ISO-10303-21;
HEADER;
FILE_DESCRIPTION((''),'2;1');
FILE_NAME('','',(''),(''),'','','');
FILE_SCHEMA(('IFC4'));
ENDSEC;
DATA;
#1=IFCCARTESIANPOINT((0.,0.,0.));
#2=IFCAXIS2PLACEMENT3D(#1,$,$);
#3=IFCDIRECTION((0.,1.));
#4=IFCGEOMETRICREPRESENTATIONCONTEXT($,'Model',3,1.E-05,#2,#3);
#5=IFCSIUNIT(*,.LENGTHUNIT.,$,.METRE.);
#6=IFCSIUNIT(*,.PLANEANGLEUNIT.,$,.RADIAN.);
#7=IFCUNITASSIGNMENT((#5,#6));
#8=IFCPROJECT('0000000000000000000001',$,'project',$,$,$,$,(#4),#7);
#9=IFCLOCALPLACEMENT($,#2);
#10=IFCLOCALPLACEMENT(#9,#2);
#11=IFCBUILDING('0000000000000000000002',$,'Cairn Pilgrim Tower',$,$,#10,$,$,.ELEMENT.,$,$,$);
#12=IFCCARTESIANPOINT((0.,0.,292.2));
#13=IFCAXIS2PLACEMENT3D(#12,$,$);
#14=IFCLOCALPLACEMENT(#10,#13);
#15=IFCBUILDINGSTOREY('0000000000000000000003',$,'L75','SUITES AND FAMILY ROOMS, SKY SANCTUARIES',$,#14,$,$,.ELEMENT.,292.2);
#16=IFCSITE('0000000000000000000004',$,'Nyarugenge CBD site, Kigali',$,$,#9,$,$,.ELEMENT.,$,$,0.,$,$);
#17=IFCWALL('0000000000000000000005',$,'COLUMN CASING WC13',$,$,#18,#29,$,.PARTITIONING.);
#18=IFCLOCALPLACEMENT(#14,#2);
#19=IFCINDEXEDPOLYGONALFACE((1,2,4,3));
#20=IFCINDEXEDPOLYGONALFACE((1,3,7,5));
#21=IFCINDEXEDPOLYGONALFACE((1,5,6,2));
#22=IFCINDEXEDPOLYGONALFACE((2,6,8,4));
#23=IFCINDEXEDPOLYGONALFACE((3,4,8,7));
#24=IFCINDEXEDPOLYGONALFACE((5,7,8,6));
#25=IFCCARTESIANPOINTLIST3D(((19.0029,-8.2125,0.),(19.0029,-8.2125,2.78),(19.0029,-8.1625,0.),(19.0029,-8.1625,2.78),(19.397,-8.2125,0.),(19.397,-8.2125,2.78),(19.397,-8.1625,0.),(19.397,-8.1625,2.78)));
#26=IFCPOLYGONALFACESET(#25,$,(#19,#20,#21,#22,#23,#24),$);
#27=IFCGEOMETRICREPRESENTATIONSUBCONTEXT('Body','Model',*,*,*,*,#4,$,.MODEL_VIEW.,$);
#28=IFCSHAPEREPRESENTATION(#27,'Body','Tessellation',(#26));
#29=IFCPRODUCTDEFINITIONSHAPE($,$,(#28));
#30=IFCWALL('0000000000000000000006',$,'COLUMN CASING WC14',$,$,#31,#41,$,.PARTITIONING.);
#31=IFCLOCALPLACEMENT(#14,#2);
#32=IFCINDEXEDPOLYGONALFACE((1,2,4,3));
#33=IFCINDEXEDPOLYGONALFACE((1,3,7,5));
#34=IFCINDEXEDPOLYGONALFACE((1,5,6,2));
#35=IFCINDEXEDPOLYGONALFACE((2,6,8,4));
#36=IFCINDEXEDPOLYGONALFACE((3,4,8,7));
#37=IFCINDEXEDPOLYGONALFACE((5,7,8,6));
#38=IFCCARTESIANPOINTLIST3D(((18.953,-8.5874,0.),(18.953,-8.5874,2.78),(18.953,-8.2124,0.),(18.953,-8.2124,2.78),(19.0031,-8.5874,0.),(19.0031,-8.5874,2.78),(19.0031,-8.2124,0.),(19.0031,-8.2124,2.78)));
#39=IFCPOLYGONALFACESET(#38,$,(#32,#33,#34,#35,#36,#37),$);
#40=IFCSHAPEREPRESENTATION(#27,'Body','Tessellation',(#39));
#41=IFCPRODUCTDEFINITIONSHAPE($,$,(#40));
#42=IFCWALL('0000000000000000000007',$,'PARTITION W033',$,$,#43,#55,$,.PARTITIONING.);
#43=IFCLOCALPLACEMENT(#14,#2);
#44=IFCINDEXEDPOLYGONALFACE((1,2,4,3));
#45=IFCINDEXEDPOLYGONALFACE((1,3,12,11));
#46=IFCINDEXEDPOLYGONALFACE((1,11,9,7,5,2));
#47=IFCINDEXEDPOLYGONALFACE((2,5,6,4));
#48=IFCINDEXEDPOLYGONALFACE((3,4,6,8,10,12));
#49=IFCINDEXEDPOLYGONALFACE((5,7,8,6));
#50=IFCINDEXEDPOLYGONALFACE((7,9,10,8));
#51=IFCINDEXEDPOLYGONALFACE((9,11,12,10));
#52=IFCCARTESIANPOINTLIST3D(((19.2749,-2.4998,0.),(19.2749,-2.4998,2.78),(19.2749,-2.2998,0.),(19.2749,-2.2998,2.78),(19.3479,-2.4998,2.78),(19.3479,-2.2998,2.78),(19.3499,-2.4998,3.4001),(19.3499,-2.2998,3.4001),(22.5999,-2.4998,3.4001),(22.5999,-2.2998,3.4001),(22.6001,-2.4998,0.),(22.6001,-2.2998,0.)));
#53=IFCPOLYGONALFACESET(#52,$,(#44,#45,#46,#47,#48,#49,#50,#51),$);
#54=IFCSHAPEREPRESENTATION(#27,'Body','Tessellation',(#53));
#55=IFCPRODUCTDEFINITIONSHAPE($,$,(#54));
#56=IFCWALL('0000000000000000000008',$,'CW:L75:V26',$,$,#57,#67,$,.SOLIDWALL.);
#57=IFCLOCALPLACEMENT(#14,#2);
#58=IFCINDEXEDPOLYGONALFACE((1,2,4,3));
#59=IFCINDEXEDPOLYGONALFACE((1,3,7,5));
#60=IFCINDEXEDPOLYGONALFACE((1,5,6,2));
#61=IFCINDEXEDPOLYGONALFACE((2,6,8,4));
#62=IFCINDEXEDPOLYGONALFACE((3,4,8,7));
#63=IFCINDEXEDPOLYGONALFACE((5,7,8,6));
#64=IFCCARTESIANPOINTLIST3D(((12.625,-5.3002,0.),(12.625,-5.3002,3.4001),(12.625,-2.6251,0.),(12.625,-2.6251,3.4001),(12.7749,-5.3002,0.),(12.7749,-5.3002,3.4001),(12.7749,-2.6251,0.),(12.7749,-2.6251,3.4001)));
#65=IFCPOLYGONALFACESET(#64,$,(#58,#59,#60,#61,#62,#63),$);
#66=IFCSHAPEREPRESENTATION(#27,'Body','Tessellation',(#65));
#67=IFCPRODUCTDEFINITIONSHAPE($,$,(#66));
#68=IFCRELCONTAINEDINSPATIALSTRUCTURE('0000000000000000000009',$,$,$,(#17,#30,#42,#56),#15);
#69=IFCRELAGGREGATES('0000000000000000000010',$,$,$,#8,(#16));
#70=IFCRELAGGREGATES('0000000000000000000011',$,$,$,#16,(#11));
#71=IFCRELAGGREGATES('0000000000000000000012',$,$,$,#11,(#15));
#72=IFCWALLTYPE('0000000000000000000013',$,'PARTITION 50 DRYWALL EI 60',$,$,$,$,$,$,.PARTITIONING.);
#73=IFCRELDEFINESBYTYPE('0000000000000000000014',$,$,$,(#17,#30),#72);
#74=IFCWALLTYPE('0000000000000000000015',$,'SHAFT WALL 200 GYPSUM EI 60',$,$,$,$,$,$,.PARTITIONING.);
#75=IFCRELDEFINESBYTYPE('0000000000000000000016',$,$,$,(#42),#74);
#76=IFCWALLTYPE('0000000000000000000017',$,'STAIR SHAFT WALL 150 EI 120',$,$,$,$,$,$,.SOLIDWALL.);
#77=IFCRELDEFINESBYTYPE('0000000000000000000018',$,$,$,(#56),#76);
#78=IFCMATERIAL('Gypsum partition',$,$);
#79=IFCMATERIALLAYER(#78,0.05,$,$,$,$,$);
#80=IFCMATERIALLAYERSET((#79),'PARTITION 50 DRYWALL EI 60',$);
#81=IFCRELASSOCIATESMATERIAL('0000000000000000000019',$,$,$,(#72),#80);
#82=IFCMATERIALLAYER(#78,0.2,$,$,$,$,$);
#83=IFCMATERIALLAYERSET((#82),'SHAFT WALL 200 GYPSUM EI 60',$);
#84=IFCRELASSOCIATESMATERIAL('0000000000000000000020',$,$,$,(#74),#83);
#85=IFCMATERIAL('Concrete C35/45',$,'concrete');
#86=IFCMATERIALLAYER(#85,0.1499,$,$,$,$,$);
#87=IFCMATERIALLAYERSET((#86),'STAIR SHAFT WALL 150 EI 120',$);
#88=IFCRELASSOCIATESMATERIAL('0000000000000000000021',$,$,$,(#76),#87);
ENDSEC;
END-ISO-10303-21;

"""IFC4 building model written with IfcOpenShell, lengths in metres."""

from ifc_helpers import new_model, si_unit, direction, frame, frame_2d, origin, place, context, subcontext, project, spatial, polyline, rectangle, outline, extrude, material, layer, layer_set, type_object, element, save


model = new_model("IFC4")

# Units and contexts
model_context = context("Model", 3, precision=1e-05, world=origin(), true_north=direction((0.0, 1.0)))
body_context = subcontext(model_context, "Body", "Model", "MODEL_VIEW")
ifc_project = project(units=[si_unit("LENGTHUNIT", "METRE"), si_unit("PLANEANGLEUNIT", "RADIAN")], contexts=[model_context])

# Site, building, storey
site_placement = place(None, origin())
site = spatial("IfcSite", under=ifc_project, at=site_placement, Name="Nyarugenge CBD site, Kigali", CompositionType="ELEMENT", RefElevation=0.0)
building_placement = place(site_placement, origin())
building = spatial("IfcBuilding", under=site, at=building_placement, Name="Cairn Pilgrim Tower", CompositionType="ELEMENT")
storey_placement = place(building_placement, frame((0.0, 0.0, 292.2)))
storey = spatial("IfcBuildingStorey", under=building, at=storey_placement, Name="L75", Description="SUITES AND FAMILY ROOMS, SKY SANCTUARIES", CompositionType="ELEMENT", Elevation=292.2)

# Shared definitions
ifc_material_1 = material(Name="Gypsum partition")

# Walls
ifc_layer_1 = layer(ifc_material_1, 0.05)
ifc_layer_set_1 = layer_set([ifc_layer_1], Name="PARTITION 50 DRYWALL EI 60")
wall_type_1 = type_object("IfcWallType", Name="PARTITION 50 DRYWALL EI 60", PredefinedType="PARTITIONING", material=ifc_layer_set_1)
wall_1_placement = place(storey_placement, frame((19.0029, -8.1875, 0.0), z_axis=(0.0, 0.0, 1.0), x_axis=(1.0, 0.0, 0.0)))
element("IfcWall", 1, at=wall_1_placement, inside=storey, type_object=wall_type_1, Name="COLUMN CASING WC13", PredefinedType="PARTITIONING", context=body_context, shape_type="SweptSolid", body=[
    extrude(rectangle(XDim=0.394, YDim=0.05, at=frame_2d((0.197, 0.0))), origin(), (0.0, 0.0, 1.0), 2.78),
])
wall_2_placement = place(storey_placement, frame((18.978, -8.5874, 0.0), z_axis=(0.0, 0.0, 1.0), x_axis=(0.0, 1.0, 0.0)))
element("IfcWall", 2, at=wall_2_placement, inside=storey, type_object=wall_type_1, Name="COLUMN CASING WC14", PredefinedType="PARTITIONING", context=body_context, shape_type="SweptSolid", body=[
    extrude(rectangle(XDim=0.375, YDim=0.05, at=frame_2d((0.1875, 0.0))), origin(), (0.0, 0.0, 1.0), 2.78),
])
ifc_layer_2 = layer(ifc_material_1, 0.2)
ifc_layer_set_2 = layer_set([ifc_layer_2], Name="SHAFT WALL 200 GYPSUM EI 60")
wall_type_2 = type_object("IfcWallType", Name="SHAFT WALL 200 GYPSUM EI 60", PredefinedType="PARTITIONING", material=ifc_layer_set_2)
wall_3_placement = place(storey_placement, frame((19.2749, -2.3999, 0.0), z_axis=(0.0, 0.0, 1.0), x_axis=(1.0, 0.0, 0.0)))
element("IfcWall", 3, at=wall_3_placement, inside=storey, type_object=wall_type_2, Name="PARTITION W033", PredefinedType="PARTITIONING", context=body_context, shape_type="SweptSolid", body=[
    extrude(outline(polyline([(0.0, 0.0), (3.3252, 0.0), (3.325, 3.4001), (0.075, 3.4001), (0.073, 2.78), (0.0, 2.78), (0.0, 0.0)])), frame((0.0, 0.1001, 0.0), z_axis=(0.0, -1.0, 0.0), x_axis=(1.0, 0.0, 0.0)), (0.0, 0.0, 1.0), 0.2),
])
ifc_material_2 = material(Name="Concrete C35/45", Category="concrete")
ifc_layer_3 = layer(ifc_material_2, 0.1499)
ifc_layer_set_3 = layer_set([ifc_layer_3], Name="STAIR SHAFT WALL 150 EI 120")
wall_type_3 = type_object("IfcWallType", Name="STAIR SHAFT WALL 150 EI 120", PredefinedType="SOLIDWALL", material=ifc_layer_set_3)
wall_4_placement = place(storey_placement, frame((12.7, -5.3, 0.0), z_axis=(0.0, 0.0, 1.0), x_axis=(0.0, 1.0, 0.0)))
element("IfcWall", 4, at=wall_4_placement, inside=storey, type_object=wall_type_3, Name="CW:L75:V26", PredefinedType="SOLIDWALL", context=body_context, shape_type="SweptSolid", body=[
    extrude(rectangle(XDim=2.675, YDim=0.1499, at=frame_2d((1.3374, 0.0))), origin(), (0.0, 0.0, 1.0), 3.4001),
])

save(model, "model.ifc")
